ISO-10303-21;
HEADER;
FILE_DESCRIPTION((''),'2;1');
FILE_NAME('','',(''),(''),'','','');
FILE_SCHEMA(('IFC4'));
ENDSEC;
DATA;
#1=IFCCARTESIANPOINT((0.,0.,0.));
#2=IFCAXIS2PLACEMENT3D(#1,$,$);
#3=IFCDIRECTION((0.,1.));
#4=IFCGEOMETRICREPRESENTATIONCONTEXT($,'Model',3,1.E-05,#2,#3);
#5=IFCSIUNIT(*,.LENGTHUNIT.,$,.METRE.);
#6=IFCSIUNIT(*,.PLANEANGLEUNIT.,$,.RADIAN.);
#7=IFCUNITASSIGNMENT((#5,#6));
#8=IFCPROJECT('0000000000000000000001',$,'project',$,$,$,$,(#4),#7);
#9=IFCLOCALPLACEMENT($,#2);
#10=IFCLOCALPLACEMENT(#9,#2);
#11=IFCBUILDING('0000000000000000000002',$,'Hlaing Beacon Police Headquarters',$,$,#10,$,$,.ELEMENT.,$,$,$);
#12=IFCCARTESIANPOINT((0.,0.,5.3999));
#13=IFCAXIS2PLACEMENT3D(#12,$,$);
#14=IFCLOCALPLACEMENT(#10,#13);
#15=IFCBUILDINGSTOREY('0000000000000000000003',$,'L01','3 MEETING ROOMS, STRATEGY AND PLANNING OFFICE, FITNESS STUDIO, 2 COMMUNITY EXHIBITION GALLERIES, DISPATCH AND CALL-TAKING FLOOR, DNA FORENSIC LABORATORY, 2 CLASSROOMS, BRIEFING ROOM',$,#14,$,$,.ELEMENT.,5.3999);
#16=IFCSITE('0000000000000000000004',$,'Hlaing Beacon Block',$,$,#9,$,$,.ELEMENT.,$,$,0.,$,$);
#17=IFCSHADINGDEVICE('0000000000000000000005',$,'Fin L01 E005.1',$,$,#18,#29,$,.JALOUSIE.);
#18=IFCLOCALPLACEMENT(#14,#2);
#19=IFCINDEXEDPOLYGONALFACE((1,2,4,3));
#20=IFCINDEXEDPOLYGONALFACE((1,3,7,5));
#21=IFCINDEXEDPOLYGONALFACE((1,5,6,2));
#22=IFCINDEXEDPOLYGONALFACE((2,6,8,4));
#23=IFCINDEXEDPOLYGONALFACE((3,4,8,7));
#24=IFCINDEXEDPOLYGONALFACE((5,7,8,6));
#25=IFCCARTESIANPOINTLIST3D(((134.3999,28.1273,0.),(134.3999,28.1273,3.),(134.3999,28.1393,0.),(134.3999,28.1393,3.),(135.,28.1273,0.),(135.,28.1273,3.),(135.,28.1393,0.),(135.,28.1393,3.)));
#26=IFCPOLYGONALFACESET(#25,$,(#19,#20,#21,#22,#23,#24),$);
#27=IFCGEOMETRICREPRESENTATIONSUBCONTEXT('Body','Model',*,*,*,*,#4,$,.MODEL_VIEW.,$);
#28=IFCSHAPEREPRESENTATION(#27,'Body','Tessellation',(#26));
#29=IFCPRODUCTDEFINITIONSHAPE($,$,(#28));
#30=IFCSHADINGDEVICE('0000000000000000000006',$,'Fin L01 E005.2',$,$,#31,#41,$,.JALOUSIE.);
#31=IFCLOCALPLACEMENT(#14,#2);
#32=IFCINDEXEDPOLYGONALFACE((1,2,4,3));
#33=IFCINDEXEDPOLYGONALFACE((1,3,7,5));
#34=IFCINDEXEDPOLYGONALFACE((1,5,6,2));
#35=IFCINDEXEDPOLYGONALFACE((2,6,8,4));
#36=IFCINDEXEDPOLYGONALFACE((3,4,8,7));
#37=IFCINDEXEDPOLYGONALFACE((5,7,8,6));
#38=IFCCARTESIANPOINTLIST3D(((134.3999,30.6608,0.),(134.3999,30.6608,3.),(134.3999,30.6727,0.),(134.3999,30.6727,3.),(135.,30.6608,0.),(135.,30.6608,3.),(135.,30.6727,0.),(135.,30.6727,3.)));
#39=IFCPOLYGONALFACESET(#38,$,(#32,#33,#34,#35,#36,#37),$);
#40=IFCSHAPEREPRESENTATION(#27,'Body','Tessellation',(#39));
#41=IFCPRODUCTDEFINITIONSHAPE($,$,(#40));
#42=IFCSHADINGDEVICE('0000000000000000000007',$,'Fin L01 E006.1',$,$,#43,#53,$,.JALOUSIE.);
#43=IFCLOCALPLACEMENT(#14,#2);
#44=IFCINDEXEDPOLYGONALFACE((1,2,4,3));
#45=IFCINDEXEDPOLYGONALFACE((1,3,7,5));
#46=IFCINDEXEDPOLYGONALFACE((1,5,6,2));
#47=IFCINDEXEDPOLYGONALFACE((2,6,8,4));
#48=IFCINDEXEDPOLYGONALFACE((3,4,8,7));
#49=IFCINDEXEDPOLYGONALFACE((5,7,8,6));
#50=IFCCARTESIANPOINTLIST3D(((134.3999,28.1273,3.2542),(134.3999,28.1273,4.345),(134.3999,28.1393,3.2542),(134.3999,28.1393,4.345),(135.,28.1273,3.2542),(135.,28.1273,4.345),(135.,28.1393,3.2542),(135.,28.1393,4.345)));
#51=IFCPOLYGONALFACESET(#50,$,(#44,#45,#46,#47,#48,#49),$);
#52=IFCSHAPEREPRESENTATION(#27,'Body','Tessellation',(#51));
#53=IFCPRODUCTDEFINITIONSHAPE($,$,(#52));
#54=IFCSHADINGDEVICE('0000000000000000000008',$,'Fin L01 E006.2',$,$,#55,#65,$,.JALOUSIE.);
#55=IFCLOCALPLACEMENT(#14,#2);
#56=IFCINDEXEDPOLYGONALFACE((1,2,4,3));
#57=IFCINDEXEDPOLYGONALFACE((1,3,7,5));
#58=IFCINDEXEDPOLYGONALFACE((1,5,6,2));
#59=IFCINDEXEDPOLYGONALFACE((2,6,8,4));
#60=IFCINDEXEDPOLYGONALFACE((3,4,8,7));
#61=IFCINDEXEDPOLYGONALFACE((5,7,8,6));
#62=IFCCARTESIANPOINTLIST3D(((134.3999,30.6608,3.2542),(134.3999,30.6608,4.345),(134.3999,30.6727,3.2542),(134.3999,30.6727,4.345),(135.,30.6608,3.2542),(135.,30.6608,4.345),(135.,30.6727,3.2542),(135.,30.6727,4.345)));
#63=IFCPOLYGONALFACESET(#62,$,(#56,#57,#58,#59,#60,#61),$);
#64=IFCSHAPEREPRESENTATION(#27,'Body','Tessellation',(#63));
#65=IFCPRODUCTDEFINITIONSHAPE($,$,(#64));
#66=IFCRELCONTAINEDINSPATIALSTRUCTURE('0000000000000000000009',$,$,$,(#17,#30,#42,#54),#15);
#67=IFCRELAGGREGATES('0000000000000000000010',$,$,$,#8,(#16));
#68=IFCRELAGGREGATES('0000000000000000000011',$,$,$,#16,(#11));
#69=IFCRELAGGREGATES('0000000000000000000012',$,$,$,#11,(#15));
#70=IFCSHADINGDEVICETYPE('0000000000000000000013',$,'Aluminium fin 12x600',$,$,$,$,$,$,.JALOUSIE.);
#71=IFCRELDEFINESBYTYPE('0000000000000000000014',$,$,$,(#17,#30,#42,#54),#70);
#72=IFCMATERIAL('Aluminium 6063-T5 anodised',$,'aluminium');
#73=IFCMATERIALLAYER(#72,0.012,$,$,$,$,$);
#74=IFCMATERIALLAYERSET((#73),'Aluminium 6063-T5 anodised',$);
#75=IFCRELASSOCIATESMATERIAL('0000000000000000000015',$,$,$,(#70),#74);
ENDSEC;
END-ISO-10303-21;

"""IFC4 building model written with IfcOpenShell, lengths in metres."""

from ifc_helpers import new_model, si_unit, direction, frame, origin, origin_2d, place, context, subcontext, project, spatial, rectangle, extrude, material, layer, layer_set, type_object, element, save


model = new_model("IFC4")

# Units and contexts
model_context = context("Model", 3, precision=1e-05, world=origin(), true_north=direction((0.0, 1.0)))
body_context = subcontext(model_context, "Body", "Model", "MODEL_VIEW")
ifc_project = project(units=[si_unit("LENGTHUNIT", "METRE"), si_unit("PLANEANGLEUNIT", "RADIAN")], contexts=[model_context])

# Site, building, storey
site_placement = place(None, origin())
site = spatial("IfcSite", under=ifc_project, at=site_placement, Name="Hlaing Beacon Block", CompositionType="ELEMENT", RefElevation=0.0)
building_placement = place(site_placement, origin())
building = spatial("IfcBuilding", under=site, at=building_placement, Name="Hlaing Beacon Police Headquarters", CompositionType="ELEMENT")
storey_placement = place(building_placement, frame((0.0, 0.0, 5.3999)))
storey = spatial("IfcBuildingStorey", under=building, at=storey_placement, Name="L01", Description="3 MEETING ROOMS, STRATEGY AND PLANNING OFFICE, FITNESS STUDIO, 2 COMMUNITY EXHIBITION GALLERIES, DISPATCH AND CALL-TAKING FLOOR, DNA FORENSIC LABORATORY, 2 CLASSROOMS, BRIEFING ROOM", CompositionType="ELEMENT", Elevation=5.3999)

# Shading devices
ifc_material_1 = material(Name="Aluminium 6063-T5 anodised", Category="aluminium")
ifc_layer_1 = layer(ifc_material_1, 0.012)
ifc_layer_set_1 = layer_set([ifc_layer_1], Name="Aluminium 6063-T5 anodised")
shading_device_type = type_object("IfcShadingDeviceType", Name="Aluminium fin 12x600", PredefinedType="JALOUSIE", material=ifc_layer_set_1)
for number, where, z_axis, x_axis, name in (
    (1, (134.7, 28.1333, 0.0), (0.0, 0.0, 1.0), (0.0, 1.0, 0.0), "Fin L01 E005.1"),
    (2, (134.7, 30.6667, 0.0), (0.0, 0.0, 1.0), (0.0, 1.0, 0.0), "Fin L01 E005.2"),
):
    element("IfcShadingDevice", number, at=place(storey_placement, frame(where, z_axis=z_axis, x_axis=x_axis)), inside=storey, type_object=shading_device_type, Name=name, PredefinedType="JALOUSIE", context=body_context, shape_type="SweptSolid", body=[
        extrude(rectangle(XDim=0.012, YDim=0.6001, at=origin_2d()), origin(), (0.0, 0.0, 1.0), 3.0),
    ])
for number, where, z_axis, x_axis, name in (
    (3, (134.7, 28.1333, 3.2542), (0.0, 0.0, 1.0), (0.0, 1.0, 0.0), "Fin L01 E006.1"),
    (4, (134.7, 30.6667, 3.2542), (0.0, 0.0, 1.0), (0.0, 1.0, 0.0), "Fin L01 E006.2"),
):
    element("IfcShadingDevice", number, at=place(storey_placement, frame(where, z_axis=z_axis, x_axis=x_axis)), inside=storey, type_object=shading_device_type, Name=name, PredefinedType="JALOUSIE", context=body_context, shape_type="SweptSolid", body=[
        extrude(rectangle(XDim=0.012, YDim=0.6001, at=origin_2d()), origin(), (0.0, 0.0, 1.0), 1.0908),
    ])

save(model, "model.ifc")
